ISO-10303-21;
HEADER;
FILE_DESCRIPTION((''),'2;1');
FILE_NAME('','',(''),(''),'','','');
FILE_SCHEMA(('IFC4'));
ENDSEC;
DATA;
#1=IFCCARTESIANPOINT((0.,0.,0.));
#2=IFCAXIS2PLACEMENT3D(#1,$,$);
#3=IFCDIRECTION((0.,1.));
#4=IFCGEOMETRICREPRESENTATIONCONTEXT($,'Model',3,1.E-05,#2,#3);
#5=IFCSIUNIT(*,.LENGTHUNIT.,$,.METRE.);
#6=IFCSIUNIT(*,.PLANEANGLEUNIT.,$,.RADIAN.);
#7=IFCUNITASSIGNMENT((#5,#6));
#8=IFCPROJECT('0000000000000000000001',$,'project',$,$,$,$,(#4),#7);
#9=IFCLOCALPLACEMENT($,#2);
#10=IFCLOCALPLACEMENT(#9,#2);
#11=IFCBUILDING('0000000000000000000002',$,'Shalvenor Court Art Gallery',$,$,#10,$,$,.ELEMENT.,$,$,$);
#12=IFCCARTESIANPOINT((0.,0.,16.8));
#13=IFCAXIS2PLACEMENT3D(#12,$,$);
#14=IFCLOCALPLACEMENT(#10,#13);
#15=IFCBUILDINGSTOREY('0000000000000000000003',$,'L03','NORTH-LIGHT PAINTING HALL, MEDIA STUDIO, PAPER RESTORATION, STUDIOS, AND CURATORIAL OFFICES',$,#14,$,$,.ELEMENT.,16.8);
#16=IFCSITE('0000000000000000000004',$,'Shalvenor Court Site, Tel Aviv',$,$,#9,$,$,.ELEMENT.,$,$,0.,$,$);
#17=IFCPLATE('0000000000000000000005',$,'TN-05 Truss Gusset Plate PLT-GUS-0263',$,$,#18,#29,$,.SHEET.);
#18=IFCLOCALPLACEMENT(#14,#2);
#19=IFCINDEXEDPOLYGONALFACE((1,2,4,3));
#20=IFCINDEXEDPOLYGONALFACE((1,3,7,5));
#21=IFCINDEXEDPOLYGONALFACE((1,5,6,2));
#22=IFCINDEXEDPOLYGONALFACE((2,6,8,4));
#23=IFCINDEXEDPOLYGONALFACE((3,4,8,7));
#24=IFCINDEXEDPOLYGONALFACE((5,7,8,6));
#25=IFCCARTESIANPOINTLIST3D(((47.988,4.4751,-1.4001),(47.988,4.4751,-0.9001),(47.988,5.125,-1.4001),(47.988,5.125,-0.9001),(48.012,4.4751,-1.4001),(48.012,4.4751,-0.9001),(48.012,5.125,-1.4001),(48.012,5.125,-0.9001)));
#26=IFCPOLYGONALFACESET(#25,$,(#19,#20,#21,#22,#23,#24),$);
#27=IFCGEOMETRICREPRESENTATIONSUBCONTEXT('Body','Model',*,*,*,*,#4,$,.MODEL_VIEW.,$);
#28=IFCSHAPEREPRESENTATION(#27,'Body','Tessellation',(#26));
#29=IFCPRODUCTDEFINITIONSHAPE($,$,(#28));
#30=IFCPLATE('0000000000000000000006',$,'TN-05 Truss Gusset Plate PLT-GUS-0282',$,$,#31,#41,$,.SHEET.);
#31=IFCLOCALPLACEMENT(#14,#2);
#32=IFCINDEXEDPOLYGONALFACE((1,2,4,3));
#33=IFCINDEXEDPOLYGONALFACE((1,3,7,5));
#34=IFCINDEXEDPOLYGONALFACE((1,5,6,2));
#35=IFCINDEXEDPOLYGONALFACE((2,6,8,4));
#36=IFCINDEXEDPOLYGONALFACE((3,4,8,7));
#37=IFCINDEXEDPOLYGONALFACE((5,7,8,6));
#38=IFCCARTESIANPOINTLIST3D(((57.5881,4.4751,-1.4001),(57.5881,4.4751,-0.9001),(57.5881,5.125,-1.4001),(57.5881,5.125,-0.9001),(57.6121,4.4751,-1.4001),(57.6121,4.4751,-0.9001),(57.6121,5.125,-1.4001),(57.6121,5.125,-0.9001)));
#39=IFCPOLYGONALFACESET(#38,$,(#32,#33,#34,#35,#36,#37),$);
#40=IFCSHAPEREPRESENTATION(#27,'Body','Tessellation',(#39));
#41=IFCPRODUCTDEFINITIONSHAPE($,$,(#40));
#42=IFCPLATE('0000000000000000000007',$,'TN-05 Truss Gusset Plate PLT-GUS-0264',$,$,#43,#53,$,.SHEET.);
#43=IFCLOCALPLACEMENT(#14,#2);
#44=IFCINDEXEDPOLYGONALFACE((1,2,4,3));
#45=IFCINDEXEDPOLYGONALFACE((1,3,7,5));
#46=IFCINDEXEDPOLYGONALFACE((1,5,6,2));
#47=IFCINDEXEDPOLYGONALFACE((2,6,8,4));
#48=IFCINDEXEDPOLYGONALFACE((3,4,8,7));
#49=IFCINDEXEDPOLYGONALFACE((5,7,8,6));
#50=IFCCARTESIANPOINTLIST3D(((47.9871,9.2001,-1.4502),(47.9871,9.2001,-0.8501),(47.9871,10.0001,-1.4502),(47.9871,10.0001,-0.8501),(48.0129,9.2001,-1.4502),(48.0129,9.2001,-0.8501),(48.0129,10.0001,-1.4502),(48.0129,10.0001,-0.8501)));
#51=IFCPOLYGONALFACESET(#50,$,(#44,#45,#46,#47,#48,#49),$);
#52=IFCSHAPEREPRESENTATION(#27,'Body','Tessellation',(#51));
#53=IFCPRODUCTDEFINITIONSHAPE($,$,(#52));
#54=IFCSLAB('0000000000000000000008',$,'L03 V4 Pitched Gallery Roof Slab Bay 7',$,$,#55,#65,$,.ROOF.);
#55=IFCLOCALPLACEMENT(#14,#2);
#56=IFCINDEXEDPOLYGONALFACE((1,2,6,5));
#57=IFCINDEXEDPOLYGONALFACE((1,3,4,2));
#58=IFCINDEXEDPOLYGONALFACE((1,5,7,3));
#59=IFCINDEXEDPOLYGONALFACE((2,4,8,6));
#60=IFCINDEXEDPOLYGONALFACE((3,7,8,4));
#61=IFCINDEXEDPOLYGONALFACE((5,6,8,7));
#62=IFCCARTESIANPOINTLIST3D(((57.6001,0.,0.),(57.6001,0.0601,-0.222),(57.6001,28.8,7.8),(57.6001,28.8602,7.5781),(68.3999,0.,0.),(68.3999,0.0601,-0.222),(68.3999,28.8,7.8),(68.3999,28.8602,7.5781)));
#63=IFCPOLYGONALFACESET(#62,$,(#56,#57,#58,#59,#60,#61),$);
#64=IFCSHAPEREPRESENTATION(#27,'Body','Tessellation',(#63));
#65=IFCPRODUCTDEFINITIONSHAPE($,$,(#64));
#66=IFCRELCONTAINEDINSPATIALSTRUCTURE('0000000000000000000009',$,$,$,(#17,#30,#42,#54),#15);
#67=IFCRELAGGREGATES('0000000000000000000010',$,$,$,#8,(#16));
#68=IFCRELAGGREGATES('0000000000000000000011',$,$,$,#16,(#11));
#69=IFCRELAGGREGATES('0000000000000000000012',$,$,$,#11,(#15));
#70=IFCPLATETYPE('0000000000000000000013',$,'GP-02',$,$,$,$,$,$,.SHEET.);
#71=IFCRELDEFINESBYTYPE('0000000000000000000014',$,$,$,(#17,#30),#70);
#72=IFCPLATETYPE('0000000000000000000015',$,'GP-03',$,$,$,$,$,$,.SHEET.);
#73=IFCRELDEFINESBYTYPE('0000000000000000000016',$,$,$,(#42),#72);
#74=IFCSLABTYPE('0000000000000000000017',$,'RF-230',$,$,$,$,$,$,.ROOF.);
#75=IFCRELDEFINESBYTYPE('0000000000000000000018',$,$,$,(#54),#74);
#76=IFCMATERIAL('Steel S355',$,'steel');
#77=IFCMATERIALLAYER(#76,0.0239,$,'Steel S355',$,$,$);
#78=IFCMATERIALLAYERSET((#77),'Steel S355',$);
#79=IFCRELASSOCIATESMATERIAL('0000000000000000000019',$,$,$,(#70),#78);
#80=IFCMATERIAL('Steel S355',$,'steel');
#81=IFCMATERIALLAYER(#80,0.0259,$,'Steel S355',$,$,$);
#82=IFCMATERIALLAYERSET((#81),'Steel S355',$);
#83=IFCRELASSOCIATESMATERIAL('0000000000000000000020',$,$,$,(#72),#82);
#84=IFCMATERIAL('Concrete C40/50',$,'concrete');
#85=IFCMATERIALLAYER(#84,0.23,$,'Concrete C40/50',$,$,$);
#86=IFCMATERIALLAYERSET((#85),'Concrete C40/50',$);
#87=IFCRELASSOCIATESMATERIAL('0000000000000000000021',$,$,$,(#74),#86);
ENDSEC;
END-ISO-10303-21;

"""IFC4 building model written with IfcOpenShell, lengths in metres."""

from ifc_helpers import new_model, si_unit, direction, frame, origin, origin_2d, place, context, subcontext, project, spatial, polyline, rectangle, outline, extrude, material, layer, layer_set, type_object, element, save


model = new_model("IFC4")

# Units and contexts
model_context = context("Model", 3, precision=1e-05, world=origin(), true_north=direction((0.0, 1.0)))
body_context = subcontext(model_context, "Body", "Model", "MODEL_VIEW")
ifc_project = project(units=[si_unit("LENGTHUNIT", "METRE"), si_unit("PLANEANGLEUNIT", "RADIAN")], contexts=[model_context])

# Site, building, storey
site_placement = place(None, origin())
site = spatial("IfcSite", under=ifc_project, at=site_placement, Name="Shalvenor Court Site, Tel Aviv", CompositionType="ELEMENT", RefElevation=0.0)
building_placement = place(site_placement, origin())
building = spatial("IfcBuilding", under=site, at=building_placement, Name="Shalvenor Court Art Gallery", CompositionType="ELEMENT")
storey_placement = place(building_placement, frame((0.0, 0.0, 16.8)))
storey = spatial("IfcBuildingStorey", under=building, at=storey_placement, Name="L03", Description="NORTH-LIGHT PAINTING HALL, MEDIA STUDIO, PAPER RESTORATION, STUDIOS, AND CURATORIAL OFFICES", CompositionType="ELEMENT", Elevation=16.8)

# Plates
ifc_material_1 = material(Name="Steel S355", Category="steel")
ifc_layer_1 = layer(ifc_material_1, 0.0239, Name="Steel S355")
ifc_layer_set_1 = layer_set([ifc_layer_1], Name="Steel S355")
plate_type_1 = type_object("IfcPlateType", Name="GP-02", PredefinedType="SHEET", material=ifc_layer_set_1)
for number, where, z_axis, x_axis, name in (
    (1, (48.0, 4.8, -1.4001), (0.0, 0.0, 1.0), (0.0, 1.0, 0.0), "TN-05 Truss Gusset Plate PLT-GUS-0263"),
    (2, (57.6001, 4.8, -1.4001), (0.0, 0.0, 1.0), (0.0, 1.0, 0.0), "TN-05 Truss Gusset Plate PLT-GUS-0282"),
):
    element("IfcPlate", number, at=place(storey_placement, frame(where, z_axis=z_axis, x_axis=x_axis)), inside=storey, type_object=plate_type_1, Name=name, PredefinedType="SHEET", context=body_context, shape_type="SweptSolid", body=[
        extrude(rectangle(XDim=0.6499, YDim=0.0239, at=origin_2d()), origin(), (0.0, 0.0, 1.0), 0.5),
    ])
ifc_material_2 = material(Name="Steel S355", Category="steel")
ifc_layer_2 = layer(ifc_material_2, 0.0259, Name="Steel S355")
ifc_layer_set_2 = layer_set([ifc_layer_2], Name="Steel S355")
plate_type_2 = type_object("IfcPlateType", Name="GP-03", PredefinedType="SHEET", material=ifc_layer_set_2)
plate_1_placement = place(storey_placement, frame((48.0, 9.6001, -1.4502), z_axis=(0.0, 0.0, 1.0), x_axis=(0.0, 1.0, 0.0)))
element("IfcPlate", 3, at=plate_1_placement, inside=storey, type_object=plate_type_2, Name="TN-05 Truss Gusset Plate PLT-GUS-0264", PredefinedType="SHEET", context=body_context, shape_type="SweptSolid", body=[
    extrude(rectangle(XDim=0.8, YDim=0.0259, at=origin_2d()), origin(), (0.0, 0.0, 1.0), 0.6001),
])

# Slab
ifc_material_3 = material(Name="Concrete C40/50", Category="concrete")
ifc_layer_3 = layer(ifc_material_3, 0.23, Name="Concrete C40/50")
ifc_layer_set_3 = layer_set([ifc_layer_3], Name="Concrete C40/50")
slab_type = type_object("IfcSlabType", Name="RF-230", PredefinedType="ROOF", material=ifc_layer_set_3)
slab_placement = place(storey_placement, frame((57.6001, 0.0, 0.0), z_axis=(0.0, -0.261417, 0.965226), x_axis=(1.0, 0.0, 0.0)))
element("IfcSlab", 4, at=slab_placement, inside=storey, type_object=slab_type, Name="L03 V4 Pitched Gallery Roof Slab Bay 7", PredefinedType="ROOF", context=body_context, shape_type="SweptSolid", body=[
    extrude(outline(polyline([(0.0, 0.0), (10.7998, 0.0), (10.7998, 29.8376), (0.0, 29.8376), (0.0, 0.0)])), origin(), (0.0, 0.0, -1.0), 0.23),
])

save(model, "model.ifc")
